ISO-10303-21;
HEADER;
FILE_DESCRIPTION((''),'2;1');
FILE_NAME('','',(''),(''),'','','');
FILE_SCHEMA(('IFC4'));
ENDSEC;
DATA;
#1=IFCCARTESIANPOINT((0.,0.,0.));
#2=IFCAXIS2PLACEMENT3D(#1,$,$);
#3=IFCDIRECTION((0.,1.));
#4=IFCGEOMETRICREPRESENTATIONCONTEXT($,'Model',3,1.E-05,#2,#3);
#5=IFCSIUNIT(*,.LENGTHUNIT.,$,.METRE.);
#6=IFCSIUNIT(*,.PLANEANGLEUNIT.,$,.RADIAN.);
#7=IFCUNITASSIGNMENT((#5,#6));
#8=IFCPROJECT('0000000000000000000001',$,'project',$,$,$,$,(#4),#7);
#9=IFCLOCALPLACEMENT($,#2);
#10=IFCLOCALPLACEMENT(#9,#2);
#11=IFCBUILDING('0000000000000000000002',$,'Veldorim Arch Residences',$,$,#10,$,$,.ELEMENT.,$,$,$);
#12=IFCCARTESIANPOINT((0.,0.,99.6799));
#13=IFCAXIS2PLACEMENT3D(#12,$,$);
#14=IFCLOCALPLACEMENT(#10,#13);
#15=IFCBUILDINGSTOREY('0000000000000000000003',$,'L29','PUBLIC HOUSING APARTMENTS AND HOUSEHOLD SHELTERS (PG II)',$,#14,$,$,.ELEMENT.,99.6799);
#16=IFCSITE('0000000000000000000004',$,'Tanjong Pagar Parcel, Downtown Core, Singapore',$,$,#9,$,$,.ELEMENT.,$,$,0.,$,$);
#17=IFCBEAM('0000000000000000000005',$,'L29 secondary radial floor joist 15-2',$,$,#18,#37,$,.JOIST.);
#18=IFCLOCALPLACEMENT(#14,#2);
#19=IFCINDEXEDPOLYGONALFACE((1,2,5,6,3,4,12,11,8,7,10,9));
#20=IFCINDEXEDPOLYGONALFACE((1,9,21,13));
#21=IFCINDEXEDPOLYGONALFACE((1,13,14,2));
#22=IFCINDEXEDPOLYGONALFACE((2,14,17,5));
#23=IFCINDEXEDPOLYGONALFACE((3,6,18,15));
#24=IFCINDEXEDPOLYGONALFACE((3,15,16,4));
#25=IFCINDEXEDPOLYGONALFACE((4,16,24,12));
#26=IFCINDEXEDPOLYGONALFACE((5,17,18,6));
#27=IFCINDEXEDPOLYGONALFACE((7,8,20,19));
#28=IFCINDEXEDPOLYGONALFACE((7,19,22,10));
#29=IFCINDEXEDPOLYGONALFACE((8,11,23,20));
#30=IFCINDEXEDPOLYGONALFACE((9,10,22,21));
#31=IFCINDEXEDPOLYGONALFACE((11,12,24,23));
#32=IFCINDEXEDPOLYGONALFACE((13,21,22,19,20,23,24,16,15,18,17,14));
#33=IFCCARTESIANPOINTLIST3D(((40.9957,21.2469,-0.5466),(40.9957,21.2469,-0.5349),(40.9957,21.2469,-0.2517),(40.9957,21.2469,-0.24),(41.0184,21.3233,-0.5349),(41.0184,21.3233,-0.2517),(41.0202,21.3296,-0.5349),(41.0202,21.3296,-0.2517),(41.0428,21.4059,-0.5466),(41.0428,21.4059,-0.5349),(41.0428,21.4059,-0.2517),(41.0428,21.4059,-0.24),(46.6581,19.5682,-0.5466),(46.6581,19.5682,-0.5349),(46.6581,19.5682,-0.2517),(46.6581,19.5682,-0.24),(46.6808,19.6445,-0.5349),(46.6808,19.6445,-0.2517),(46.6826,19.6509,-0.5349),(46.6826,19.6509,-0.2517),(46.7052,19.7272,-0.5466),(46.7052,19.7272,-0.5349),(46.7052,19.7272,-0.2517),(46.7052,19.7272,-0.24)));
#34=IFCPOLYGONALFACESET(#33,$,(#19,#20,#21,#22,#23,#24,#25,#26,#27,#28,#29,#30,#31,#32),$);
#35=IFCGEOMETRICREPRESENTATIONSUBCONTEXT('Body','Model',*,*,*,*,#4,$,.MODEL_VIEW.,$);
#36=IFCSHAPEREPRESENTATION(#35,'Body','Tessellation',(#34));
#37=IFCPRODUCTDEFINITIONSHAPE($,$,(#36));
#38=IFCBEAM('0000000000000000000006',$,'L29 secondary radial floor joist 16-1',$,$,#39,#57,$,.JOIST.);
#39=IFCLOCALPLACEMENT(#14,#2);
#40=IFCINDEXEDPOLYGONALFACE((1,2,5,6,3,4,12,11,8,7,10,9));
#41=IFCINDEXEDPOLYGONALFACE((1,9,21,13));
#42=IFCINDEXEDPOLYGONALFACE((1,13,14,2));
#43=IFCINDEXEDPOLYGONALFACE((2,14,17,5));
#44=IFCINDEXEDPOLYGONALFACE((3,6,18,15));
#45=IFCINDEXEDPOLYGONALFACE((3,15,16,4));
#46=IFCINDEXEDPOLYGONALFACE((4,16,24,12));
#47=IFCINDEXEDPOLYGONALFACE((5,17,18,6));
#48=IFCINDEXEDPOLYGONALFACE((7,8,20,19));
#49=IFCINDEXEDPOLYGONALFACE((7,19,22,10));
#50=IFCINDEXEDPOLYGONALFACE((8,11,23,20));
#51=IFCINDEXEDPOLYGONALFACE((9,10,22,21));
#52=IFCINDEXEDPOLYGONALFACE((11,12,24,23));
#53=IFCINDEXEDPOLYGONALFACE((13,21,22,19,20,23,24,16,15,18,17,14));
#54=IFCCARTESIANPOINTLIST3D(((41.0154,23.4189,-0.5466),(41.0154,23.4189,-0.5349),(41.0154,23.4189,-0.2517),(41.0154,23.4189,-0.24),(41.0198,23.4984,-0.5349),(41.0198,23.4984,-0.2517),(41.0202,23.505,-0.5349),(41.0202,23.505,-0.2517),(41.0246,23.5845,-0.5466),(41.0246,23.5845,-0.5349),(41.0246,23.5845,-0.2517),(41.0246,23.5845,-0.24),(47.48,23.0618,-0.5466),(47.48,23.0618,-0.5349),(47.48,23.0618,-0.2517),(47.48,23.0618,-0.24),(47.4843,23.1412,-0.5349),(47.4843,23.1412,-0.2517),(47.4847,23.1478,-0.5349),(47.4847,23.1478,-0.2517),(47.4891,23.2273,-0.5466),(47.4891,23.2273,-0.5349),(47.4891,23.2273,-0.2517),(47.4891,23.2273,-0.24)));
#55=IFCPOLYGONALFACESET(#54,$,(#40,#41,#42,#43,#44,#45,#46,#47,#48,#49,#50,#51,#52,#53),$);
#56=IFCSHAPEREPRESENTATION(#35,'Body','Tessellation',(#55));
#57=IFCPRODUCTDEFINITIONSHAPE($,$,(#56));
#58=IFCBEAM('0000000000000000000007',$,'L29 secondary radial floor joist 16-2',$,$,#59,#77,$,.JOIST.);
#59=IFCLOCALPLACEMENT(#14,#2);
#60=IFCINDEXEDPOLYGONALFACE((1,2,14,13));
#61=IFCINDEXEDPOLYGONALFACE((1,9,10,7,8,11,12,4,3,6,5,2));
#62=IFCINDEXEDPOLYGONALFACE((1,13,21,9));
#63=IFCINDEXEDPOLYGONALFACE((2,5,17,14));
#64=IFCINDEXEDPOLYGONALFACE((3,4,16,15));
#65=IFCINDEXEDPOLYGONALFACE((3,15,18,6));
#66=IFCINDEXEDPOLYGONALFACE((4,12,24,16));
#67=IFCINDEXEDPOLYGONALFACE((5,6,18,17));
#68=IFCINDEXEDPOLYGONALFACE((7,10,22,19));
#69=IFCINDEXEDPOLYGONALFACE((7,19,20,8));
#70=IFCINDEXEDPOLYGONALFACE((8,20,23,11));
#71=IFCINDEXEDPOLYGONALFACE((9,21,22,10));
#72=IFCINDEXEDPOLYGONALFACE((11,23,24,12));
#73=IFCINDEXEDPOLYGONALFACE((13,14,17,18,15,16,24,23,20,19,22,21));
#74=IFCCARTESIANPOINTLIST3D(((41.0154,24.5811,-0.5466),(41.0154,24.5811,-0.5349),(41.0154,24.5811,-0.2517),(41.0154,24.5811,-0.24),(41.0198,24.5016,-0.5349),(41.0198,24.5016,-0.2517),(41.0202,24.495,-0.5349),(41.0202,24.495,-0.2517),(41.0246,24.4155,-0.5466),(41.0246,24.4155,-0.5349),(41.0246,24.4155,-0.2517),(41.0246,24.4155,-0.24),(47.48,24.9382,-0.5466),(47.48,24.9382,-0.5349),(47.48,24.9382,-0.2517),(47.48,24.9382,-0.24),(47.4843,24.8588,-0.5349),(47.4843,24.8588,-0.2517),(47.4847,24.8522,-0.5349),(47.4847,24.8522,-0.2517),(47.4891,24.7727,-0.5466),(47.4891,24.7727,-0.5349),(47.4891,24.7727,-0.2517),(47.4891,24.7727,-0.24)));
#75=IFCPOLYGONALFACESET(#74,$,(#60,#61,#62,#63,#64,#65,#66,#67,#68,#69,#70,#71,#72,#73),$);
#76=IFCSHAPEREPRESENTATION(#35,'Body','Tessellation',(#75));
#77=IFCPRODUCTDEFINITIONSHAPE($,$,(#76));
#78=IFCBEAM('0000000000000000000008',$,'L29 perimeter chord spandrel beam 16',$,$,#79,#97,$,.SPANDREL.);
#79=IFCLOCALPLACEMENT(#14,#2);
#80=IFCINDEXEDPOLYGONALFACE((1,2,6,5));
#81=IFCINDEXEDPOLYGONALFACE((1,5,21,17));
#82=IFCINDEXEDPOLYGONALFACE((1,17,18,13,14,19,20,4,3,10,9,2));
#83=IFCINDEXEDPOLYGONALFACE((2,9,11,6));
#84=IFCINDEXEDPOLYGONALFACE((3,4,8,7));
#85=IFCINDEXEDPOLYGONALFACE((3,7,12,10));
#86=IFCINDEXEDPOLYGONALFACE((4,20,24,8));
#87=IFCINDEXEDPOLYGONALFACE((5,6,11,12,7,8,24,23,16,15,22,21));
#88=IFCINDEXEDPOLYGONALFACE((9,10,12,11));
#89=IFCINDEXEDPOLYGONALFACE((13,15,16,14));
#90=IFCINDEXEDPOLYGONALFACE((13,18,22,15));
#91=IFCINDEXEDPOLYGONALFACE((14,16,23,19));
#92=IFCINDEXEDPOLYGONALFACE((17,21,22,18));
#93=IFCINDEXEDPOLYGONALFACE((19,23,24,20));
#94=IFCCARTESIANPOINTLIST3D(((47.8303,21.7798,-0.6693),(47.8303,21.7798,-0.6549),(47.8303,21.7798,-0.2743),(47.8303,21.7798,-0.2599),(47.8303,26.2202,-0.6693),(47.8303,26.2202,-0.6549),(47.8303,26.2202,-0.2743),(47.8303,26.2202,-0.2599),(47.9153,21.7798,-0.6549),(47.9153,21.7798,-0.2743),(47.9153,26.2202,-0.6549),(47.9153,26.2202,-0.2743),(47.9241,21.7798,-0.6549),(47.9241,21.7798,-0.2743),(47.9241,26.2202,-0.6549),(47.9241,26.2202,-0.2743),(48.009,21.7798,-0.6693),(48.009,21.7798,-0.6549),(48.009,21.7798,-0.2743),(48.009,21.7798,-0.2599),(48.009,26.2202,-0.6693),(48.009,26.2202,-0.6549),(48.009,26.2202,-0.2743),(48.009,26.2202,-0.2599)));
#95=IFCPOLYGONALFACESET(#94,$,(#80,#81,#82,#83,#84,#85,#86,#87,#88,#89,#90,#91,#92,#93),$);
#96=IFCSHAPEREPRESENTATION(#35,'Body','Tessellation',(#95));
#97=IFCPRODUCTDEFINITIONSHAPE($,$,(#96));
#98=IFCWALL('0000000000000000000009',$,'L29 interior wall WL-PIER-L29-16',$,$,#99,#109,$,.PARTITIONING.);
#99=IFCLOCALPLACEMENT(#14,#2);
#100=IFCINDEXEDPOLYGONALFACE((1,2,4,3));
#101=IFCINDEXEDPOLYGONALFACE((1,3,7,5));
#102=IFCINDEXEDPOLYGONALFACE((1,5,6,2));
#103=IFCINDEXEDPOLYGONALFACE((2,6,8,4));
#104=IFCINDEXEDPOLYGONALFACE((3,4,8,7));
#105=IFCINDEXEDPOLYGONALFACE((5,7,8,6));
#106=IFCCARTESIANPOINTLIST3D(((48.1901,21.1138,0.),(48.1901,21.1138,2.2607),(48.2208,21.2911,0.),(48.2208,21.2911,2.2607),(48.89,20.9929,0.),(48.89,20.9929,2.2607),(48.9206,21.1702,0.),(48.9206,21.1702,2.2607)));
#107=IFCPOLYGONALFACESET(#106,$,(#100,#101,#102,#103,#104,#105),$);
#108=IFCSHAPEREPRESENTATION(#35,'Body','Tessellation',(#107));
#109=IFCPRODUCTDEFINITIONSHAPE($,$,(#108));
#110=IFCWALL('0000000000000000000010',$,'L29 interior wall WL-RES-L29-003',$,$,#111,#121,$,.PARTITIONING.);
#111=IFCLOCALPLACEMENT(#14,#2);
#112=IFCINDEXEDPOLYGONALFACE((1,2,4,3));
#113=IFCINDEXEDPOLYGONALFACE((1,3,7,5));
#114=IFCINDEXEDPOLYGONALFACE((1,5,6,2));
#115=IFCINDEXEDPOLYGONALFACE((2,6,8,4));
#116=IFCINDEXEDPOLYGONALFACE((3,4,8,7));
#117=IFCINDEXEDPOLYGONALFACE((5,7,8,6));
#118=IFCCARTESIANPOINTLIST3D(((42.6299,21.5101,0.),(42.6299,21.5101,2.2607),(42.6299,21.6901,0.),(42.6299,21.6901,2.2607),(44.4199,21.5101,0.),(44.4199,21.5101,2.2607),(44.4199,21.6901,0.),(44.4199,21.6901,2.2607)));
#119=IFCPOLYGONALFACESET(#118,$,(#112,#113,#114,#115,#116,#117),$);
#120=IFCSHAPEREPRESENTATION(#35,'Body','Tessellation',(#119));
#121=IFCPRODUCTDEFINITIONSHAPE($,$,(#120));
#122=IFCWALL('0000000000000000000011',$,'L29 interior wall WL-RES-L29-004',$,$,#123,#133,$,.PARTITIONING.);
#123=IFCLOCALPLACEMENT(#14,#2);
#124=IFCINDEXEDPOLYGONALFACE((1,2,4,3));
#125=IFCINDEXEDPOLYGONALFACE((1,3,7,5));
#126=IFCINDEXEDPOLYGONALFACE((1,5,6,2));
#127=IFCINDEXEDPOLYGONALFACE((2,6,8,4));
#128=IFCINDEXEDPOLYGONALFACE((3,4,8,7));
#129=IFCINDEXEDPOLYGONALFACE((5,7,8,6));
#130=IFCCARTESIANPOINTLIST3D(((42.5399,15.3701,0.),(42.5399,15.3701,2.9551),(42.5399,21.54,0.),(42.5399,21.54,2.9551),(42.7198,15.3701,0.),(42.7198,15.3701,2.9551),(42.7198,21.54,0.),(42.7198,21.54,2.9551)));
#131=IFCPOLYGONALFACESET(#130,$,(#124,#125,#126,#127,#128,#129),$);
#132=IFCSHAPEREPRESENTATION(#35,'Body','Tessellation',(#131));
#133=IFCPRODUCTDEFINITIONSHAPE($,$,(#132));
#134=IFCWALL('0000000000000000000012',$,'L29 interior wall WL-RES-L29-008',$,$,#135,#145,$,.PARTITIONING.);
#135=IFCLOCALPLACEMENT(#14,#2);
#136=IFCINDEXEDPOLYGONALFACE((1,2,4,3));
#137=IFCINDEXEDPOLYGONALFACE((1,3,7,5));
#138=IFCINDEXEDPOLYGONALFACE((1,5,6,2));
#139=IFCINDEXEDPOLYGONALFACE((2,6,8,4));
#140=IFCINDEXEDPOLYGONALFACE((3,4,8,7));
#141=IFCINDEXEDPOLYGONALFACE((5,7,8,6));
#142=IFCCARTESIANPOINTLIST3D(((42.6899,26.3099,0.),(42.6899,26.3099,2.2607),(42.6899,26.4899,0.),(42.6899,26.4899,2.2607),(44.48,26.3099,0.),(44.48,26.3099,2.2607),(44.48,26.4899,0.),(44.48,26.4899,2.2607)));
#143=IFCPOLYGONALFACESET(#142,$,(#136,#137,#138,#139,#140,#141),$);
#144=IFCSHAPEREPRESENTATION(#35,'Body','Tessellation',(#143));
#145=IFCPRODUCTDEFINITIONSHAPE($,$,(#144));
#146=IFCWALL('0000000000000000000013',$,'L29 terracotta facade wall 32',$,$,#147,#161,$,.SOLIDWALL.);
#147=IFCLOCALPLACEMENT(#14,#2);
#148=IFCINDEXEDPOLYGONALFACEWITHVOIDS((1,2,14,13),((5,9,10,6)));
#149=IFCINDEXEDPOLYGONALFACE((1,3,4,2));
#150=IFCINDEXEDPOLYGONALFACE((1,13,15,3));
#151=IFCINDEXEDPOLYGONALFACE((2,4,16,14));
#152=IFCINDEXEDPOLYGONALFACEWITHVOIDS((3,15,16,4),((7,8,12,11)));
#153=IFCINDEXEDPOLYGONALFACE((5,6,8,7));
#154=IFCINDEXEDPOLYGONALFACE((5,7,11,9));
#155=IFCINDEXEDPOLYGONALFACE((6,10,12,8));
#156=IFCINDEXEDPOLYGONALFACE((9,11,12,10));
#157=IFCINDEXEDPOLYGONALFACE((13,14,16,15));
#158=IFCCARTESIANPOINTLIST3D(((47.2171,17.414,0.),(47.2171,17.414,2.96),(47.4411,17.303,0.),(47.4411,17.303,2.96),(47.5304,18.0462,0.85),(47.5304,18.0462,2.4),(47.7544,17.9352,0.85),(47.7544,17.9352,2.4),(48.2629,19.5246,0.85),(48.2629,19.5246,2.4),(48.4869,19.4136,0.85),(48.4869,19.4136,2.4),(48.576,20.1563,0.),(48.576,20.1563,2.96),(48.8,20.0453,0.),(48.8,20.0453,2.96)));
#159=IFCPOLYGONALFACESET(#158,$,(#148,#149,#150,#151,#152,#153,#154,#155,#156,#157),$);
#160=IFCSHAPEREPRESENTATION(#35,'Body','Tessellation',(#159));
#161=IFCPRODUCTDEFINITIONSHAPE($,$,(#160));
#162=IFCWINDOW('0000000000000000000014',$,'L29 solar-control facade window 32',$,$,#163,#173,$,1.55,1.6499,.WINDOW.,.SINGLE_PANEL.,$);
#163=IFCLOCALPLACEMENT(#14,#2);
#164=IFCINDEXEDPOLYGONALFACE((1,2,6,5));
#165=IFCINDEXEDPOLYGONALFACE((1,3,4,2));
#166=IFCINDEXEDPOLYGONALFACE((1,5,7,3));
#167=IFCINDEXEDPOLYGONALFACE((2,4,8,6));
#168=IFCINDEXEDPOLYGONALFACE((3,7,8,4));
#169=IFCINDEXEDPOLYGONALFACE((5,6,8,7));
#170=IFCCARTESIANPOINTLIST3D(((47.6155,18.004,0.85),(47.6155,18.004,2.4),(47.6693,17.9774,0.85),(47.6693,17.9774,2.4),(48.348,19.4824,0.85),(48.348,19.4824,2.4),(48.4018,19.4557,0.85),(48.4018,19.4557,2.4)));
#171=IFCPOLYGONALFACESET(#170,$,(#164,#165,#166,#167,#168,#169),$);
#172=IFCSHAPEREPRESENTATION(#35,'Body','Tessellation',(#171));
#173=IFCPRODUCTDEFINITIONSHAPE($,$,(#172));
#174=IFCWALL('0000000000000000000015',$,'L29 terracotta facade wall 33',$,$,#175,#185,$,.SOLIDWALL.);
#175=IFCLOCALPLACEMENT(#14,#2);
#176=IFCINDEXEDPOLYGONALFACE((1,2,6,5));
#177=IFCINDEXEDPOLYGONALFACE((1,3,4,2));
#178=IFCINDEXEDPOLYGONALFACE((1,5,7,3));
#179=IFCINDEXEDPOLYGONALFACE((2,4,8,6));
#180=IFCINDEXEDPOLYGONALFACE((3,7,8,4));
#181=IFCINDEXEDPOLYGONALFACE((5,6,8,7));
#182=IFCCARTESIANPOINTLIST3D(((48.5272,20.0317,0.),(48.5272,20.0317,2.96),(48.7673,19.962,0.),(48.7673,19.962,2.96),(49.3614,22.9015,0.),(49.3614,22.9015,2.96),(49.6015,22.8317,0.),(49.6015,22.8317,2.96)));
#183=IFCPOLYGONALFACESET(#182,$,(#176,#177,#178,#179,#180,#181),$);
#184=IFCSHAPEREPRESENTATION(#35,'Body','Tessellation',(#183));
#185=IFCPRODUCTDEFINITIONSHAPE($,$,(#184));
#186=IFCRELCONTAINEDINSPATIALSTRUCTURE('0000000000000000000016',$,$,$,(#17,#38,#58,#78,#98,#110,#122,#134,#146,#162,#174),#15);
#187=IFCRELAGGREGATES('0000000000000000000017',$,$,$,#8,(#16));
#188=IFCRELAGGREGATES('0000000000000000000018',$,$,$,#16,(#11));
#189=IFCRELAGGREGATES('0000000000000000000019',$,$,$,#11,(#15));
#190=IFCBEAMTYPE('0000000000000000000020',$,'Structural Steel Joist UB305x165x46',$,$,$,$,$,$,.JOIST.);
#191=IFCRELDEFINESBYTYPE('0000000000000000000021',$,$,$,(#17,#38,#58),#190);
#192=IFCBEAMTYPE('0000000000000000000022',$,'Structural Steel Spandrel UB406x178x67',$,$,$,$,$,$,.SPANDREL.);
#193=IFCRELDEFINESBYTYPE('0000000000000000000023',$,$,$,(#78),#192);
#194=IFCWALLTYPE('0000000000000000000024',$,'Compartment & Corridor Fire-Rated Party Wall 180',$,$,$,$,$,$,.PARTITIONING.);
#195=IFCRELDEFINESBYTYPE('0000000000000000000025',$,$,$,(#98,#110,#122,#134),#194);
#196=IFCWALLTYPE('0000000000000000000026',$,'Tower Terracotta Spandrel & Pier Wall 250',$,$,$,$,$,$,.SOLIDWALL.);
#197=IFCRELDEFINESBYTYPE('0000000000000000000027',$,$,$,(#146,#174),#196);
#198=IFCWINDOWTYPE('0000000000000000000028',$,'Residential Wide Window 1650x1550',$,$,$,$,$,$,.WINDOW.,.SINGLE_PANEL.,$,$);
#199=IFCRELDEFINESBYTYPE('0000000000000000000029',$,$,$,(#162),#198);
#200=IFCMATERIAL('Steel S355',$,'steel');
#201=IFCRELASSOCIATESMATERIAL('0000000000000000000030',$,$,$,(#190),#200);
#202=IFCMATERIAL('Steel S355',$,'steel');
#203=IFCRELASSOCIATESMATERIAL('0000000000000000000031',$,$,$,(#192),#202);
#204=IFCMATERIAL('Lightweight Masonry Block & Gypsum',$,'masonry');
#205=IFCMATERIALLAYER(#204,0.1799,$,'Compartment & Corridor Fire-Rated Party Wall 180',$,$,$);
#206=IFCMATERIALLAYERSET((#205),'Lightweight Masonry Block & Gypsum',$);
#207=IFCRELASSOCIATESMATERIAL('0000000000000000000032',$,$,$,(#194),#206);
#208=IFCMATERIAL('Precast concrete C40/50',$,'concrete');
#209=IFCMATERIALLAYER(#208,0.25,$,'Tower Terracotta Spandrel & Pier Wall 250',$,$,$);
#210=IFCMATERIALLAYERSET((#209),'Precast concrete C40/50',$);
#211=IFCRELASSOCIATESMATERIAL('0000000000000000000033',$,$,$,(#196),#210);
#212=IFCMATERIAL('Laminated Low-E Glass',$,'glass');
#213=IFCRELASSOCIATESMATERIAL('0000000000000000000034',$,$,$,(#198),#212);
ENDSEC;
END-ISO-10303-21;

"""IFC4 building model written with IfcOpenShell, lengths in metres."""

from ifc_helpers import new_model, si_unit, direction, frame, frame_2d, origin, origin_2d, place, context, subcontext, project, spatial, rectangle, i_section, extrude, material, layer, layer_set, material_profile, profile_set, type_object, element, fill, save


model = new_model("IFC4")

# Units and contexts
model_context = context("Model", 3, precision=1e-05, world=origin(), true_north=direction((0.0, 1.0)))
body_context = subcontext(model_context, "Body", "Model", "MODEL_VIEW")
ifc_project = project(units=[si_unit("LENGTHUNIT", "METRE"), si_unit("PLANEANGLEUNIT", "RADIAN")], contexts=[model_context])

# Site, building, storey
site_placement = place(None, origin())
site = spatial("IfcSite", under=ifc_project, at=site_placement, Name="Tanjong Pagar Parcel, Downtown Core, Singapore", CompositionType="ELEMENT", RefElevation=0.0)
building_placement = place(site_placement, origin())
building = spatial("IfcBuilding", under=site, at=building_placement, Name="Veldorim Arch Residences", CompositionType="ELEMENT")
storey_placement = place(building_placement, frame((0.0, 0.0, 99.6799)))
storey = spatial("IfcBuildingStorey", under=building, at=storey_placement, Name="L29", Description="PUBLIC HOUSING APARTMENTS AND HOUSEHOLD SHELTERS (PG II)", CompositionType="ELEMENT", Elevation=99.6799)

# Beams
ifc_material_1 = material(Name="Steel S355", Category="steel")
ifc_material_profile_1 = material_profile(ifc_material_1, i_section(OverallWidth=0.1658, OverallDepth=0.3066, WebThickness=0.0066, FlangeThickness=0.0117, at=origin_2d()), Name="UB305x165x46")
ifc_profile_set_1 = profile_set([ifc_material_profile_1], Name="Steel S355")
beam_type_1 = type_object("IfcBeamType", Name="Structural Steel Joist UB305x165x46", PredefinedType="JOIST", material=ifc_profile_set_1)
beam_1_placement = place(storey_placement, frame((41.0193, 21.3264, -0.3933), z_axis=(0.958753, -0.28424, 0.0), x_axis=(0.28424, 0.958753, 0.0)))
element("IfcBeam", 1, at=beam_1_placement, inside=storey, type_object=beam_type_1, Name="L29 secondary radial floor joist 15-2", PredefinedType="JOIST", context=body_context, shape_type="SweptSolid", body=[
    extrude(i_section(OverallWidth=0.1658, OverallDepth=0.3066, WebThickness=0.0066, FlangeThickness=0.0117, at=origin_2d()), origin(), (0.0, 0.0, 1.0), 5.906),
])
for number, where, z_axis, x_axis, name in (
    (2, (41.02, 23.5017, -0.3933), (0.998477, -0.055167, 0.0), (0.055167, 0.998477, 0.0), "L29 secondary radial floor joist 16-1"),
    (3, (41.02, 24.4983, -0.3933), (0.998477, 0.055167, 0.0), (-0.055167, 0.998477, 0.0), "L29 secondary radial floor joist 16-2"),
):
    element("IfcBeam", number, at=place(storey_placement, frame(where, z_axis=z_axis, x_axis=x_axis)), inside=storey, type_object=beam_type_1, Name=name, PredefinedType="JOIST", context=body_context, shape_type="SweptSolid", body=[
        extrude(i_section(OverallWidth=0.1658, OverallDepth=0.3066, WebThickness=0.0066, FlangeThickness=0.0117, at=origin_2d()), origin(), (0.0, 0.0, 1.0), 6.4744),
    ])
ifc_material_2 = material(Name="Steel S355", Category="steel")
ifc_material_profile_2 = material_profile(ifc_material_2, i_section(OverallWidth=0.1787, OverallDepth=0.4094, WebThickness=0.0088, FlangeThickness=0.0144, at=origin_2d()), Name="UB406x178x67")
ifc_profile_set_2 = profile_set([ifc_material_profile_2], Name="Steel S355")
beam_type_2 = type_object("IfcBeamType", Name="Structural Steel Spandrel UB406x178x67", PredefinedType="SPANDREL", material=ifc_profile_set_2)
beam_2_placement = place(storey_placement, frame((47.9197, 21.7798, -0.4646), z_axis=(0.0, 1.0, 0.0), x_axis=(-1.0, 0.0, 0.0)))
element("IfcBeam", 4, at=beam_2_placement, inside=storey, type_object=beam_type_2, Name="L29 perimeter chord spandrel beam 16", PredefinedType="SPANDREL", context=body_context, shape_type="SweptSolid", body=[
    extrude(i_section(OverallWidth=0.1787, OverallDepth=0.4094, WebThickness=0.0088, FlangeThickness=0.0144, at=origin_2d()), origin(), (0.0, 0.0, 1.0), 4.4404),
])

# Wall
ifc_material_3 = material(Name="Lightweight Masonry Block & Gypsum", Category="masonry")
ifc_layer_1 = layer(ifc_material_3, 0.1799, Name="Compartment & Corridor Fire-Rated Party Wall 180")
ifc_layer_set_1 = layer_set([ifc_layer_1], Name="Lightweight Masonry Block & Gypsum")
wall_type_1 = type_object("IfcWallType", Name="Compartment & Corridor Fire-Rated Party Wall 180", PredefinedType="PARTITIONING", material=ifc_layer_set_1)
wall_1_placement = place(storey_placement, frame((48.2056, 21.2024, 0.0), z_axis=(0.0, 0.0, 1.0), x_axis=(0.98542, -0.170137, 0.0)))
element("IfcWall", 5, at=wall_1_placement, inside=storey, type_object=wall_type_1, Name="L29 interior wall WL-PIER-L29-16", PredefinedType="PARTITIONING", context=body_context, shape_type="SweptSolid", body=[
    extrude(rectangle(XDim=0.7102, YDim=0.1799, at=frame_2d((0.355, 0.0))), origin(), (0.0, 0.0, 1.0), 2.2607),
])

# Walls
wall_2_placement = place(storey_placement, frame((44.4199, 21.6001, 0.0), z_axis=(0.0, 0.0, 1.0), x_axis=(-1.0, 0.0, 0.0)))
element("IfcWall", 6, at=wall_2_placement, inside=storey, type_object=wall_type_1, Name="L29 interior wall WL-RES-L29-003", PredefinedType="PARTITIONING", context=body_context, shape_type="SweptSolid", body=[
    extrude(rectangle(XDim=1.79, YDim=0.1799, at=frame_2d((0.895, 0.0))), origin(), (0.0, 0.0, 1.0), 2.2607),
])
wall_3_placement = place(storey_placement, frame((42.6299, 21.54, 0.0), z_axis=(0.0, 0.0, 1.0), x_axis=(0.0, -1.0, 0.0)))
element("IfcWall", 7, at=wall_3_placement, inside=storey, type_object=wall_type_1, Name="L29 interior wall WL-RES-L29-004", PredefinedType="PARTITIONING", context=body_context, shape_type="SweptSolid", body=[
    extrude(rectangle(XDim=6.1699, YDim=0.1799, at=frame_2d((3.085, 0.0))), origin(), (0.0, 0.0, 1.0), 2.9551),
])
wall_4_placement = place(storey_placement, frame((42.6899, 26.3999, 0.0), z_axis=(0.0, 0.0, 1.0), x_axis=(1.0, 0.0, 0.0)))
element("IfcWall", 8, at=wall_4_placement, inside=storey, type_object=wall_type_1, Name="L29 interior wall WL-RES-L29-008", PredefinedType="PARTITIONING", context=body_context, shape_type="SweptSolid", body=[
    extrude(rectangle(XDim=1.79, YDim=0.1799, at=frame_2d((0.895, 0.0))), origin(), (0.0, 0.0, 1.0), 2.2607),
])

# Wall, opening, window
ifc_material_4 = material(Name="Precast concrete C40/50", Category="concrete")
ifc_layer_2 = layer(ifc_material_4, 0.25, Name="Tower Terracotta Spandrel & Pier Wall 250")
ifc_layer_set_2 = layer_set([ifc_layer_2], Name="Precast concrete C40/50")
wall_type_2 = type_object("IfcWallType", Name="Tower Terracotta Spandrel & Pier Wall 250", PredefinedType="SOLIDWALL", material=ifc_layer_set_2)
wall_5_placement = place(storey_placement, frame((48.688, 20.1008, 0.0), z_axis=(0.0, 0.0, 1.0), x_axis=(-0.443988, -0.896033, 0.0)))
wall_5 = element("IfcWall", 9, at=wall_5_placement, inside=storey, type_object=wall_type_2, Name="L29 terracotta facade wall 32", PredefinedType="SOLIDWALL", context=body_context, shape_type="SweptSolid", body=[
    extrude(rectangle(XDim=3.0605, YDim=0.25, at=frame_2d((1.5303, 0.0))), origin(), (0.0, 0.0, 1.0), 2.96),
])
opening_1_placement = place(wall_5_placement, frame((0.7051, 0.0, 0.8501)))
opening_1 = element("IfcOpeningElement", 10, at=opening_1_placement, cuts=wall_5, PredefinedType="OPENING", context=body_context, shape_type="SweptSolid", body=[
    extrude(rectangle(XDim=1.6499, YDim=1.55, at=frame_2d((0.825, 0.7749))), frame((0.0, 0.135, 0.0), z_axis=(0.0, -1.0, 0.0), x_axis=(1.0, 0.0, 0.0)), (0.0, 0.0, 1.0), 0.27),
])
ifc_material_5 = material(Name="Laminated Low-E Glass", Category="glass")
window_type_1 = type_object("IfcWindowType", Name="Residential Wide Window 1650x1550", PartitioningType="SINGLE_PANEL", PredefinedType="WINDOW", material=ifc_material_5)
window_1_placement = place(opening_1_placement, origin())
window_1 = element("IfcWindow", 11, at=window_1_placement, inside=storey, type_object=window_type_1, Name="L29 solar-control facade window 32", OverallHeight=1.55, OverallWidth=1.6499, PartitioningType="SINGLE_PANEL", PredefinedType="WINDOW", context=body_context, shape_type="SweptSolid", body=[
    extrude(rectangle(XDim=1.6499, YDim=1.55, at=frame_2d((0.825, 0.7749))), frame((0.0, 0.03, 0.0), z_axis=(0.0, -1.0, 0.0), x_axis=(1.0, 0.0, 0.0)), (0.0, 0.0, 1.0), 0.0601),
])
fill(opening_1, window_1)

# Wall
wall_6_placement = place(storey_placement, frame((49.4814, 22.8665, 0.0), z_axis=(0.0, 0.0, 1.0), x_axis=(-0.279153, -0.960247, 0.0)))
element("IfcWall", 12, at=wall_6_placement, inside=storey, type_object=wall_type_2, Name="L29 terracotta facade wall 33", PredefinedType="SOLIDWALL", context=body_context, shape_type="SweptSolid", body=[
    extrude(rectangle(XDim=2.9885, YDim=0.25, at=frame_2d((1.4941, 0.0))), origin(), (0.0, 0.0, 1.0), 2.96),
])

save(model, "model.ifc")
